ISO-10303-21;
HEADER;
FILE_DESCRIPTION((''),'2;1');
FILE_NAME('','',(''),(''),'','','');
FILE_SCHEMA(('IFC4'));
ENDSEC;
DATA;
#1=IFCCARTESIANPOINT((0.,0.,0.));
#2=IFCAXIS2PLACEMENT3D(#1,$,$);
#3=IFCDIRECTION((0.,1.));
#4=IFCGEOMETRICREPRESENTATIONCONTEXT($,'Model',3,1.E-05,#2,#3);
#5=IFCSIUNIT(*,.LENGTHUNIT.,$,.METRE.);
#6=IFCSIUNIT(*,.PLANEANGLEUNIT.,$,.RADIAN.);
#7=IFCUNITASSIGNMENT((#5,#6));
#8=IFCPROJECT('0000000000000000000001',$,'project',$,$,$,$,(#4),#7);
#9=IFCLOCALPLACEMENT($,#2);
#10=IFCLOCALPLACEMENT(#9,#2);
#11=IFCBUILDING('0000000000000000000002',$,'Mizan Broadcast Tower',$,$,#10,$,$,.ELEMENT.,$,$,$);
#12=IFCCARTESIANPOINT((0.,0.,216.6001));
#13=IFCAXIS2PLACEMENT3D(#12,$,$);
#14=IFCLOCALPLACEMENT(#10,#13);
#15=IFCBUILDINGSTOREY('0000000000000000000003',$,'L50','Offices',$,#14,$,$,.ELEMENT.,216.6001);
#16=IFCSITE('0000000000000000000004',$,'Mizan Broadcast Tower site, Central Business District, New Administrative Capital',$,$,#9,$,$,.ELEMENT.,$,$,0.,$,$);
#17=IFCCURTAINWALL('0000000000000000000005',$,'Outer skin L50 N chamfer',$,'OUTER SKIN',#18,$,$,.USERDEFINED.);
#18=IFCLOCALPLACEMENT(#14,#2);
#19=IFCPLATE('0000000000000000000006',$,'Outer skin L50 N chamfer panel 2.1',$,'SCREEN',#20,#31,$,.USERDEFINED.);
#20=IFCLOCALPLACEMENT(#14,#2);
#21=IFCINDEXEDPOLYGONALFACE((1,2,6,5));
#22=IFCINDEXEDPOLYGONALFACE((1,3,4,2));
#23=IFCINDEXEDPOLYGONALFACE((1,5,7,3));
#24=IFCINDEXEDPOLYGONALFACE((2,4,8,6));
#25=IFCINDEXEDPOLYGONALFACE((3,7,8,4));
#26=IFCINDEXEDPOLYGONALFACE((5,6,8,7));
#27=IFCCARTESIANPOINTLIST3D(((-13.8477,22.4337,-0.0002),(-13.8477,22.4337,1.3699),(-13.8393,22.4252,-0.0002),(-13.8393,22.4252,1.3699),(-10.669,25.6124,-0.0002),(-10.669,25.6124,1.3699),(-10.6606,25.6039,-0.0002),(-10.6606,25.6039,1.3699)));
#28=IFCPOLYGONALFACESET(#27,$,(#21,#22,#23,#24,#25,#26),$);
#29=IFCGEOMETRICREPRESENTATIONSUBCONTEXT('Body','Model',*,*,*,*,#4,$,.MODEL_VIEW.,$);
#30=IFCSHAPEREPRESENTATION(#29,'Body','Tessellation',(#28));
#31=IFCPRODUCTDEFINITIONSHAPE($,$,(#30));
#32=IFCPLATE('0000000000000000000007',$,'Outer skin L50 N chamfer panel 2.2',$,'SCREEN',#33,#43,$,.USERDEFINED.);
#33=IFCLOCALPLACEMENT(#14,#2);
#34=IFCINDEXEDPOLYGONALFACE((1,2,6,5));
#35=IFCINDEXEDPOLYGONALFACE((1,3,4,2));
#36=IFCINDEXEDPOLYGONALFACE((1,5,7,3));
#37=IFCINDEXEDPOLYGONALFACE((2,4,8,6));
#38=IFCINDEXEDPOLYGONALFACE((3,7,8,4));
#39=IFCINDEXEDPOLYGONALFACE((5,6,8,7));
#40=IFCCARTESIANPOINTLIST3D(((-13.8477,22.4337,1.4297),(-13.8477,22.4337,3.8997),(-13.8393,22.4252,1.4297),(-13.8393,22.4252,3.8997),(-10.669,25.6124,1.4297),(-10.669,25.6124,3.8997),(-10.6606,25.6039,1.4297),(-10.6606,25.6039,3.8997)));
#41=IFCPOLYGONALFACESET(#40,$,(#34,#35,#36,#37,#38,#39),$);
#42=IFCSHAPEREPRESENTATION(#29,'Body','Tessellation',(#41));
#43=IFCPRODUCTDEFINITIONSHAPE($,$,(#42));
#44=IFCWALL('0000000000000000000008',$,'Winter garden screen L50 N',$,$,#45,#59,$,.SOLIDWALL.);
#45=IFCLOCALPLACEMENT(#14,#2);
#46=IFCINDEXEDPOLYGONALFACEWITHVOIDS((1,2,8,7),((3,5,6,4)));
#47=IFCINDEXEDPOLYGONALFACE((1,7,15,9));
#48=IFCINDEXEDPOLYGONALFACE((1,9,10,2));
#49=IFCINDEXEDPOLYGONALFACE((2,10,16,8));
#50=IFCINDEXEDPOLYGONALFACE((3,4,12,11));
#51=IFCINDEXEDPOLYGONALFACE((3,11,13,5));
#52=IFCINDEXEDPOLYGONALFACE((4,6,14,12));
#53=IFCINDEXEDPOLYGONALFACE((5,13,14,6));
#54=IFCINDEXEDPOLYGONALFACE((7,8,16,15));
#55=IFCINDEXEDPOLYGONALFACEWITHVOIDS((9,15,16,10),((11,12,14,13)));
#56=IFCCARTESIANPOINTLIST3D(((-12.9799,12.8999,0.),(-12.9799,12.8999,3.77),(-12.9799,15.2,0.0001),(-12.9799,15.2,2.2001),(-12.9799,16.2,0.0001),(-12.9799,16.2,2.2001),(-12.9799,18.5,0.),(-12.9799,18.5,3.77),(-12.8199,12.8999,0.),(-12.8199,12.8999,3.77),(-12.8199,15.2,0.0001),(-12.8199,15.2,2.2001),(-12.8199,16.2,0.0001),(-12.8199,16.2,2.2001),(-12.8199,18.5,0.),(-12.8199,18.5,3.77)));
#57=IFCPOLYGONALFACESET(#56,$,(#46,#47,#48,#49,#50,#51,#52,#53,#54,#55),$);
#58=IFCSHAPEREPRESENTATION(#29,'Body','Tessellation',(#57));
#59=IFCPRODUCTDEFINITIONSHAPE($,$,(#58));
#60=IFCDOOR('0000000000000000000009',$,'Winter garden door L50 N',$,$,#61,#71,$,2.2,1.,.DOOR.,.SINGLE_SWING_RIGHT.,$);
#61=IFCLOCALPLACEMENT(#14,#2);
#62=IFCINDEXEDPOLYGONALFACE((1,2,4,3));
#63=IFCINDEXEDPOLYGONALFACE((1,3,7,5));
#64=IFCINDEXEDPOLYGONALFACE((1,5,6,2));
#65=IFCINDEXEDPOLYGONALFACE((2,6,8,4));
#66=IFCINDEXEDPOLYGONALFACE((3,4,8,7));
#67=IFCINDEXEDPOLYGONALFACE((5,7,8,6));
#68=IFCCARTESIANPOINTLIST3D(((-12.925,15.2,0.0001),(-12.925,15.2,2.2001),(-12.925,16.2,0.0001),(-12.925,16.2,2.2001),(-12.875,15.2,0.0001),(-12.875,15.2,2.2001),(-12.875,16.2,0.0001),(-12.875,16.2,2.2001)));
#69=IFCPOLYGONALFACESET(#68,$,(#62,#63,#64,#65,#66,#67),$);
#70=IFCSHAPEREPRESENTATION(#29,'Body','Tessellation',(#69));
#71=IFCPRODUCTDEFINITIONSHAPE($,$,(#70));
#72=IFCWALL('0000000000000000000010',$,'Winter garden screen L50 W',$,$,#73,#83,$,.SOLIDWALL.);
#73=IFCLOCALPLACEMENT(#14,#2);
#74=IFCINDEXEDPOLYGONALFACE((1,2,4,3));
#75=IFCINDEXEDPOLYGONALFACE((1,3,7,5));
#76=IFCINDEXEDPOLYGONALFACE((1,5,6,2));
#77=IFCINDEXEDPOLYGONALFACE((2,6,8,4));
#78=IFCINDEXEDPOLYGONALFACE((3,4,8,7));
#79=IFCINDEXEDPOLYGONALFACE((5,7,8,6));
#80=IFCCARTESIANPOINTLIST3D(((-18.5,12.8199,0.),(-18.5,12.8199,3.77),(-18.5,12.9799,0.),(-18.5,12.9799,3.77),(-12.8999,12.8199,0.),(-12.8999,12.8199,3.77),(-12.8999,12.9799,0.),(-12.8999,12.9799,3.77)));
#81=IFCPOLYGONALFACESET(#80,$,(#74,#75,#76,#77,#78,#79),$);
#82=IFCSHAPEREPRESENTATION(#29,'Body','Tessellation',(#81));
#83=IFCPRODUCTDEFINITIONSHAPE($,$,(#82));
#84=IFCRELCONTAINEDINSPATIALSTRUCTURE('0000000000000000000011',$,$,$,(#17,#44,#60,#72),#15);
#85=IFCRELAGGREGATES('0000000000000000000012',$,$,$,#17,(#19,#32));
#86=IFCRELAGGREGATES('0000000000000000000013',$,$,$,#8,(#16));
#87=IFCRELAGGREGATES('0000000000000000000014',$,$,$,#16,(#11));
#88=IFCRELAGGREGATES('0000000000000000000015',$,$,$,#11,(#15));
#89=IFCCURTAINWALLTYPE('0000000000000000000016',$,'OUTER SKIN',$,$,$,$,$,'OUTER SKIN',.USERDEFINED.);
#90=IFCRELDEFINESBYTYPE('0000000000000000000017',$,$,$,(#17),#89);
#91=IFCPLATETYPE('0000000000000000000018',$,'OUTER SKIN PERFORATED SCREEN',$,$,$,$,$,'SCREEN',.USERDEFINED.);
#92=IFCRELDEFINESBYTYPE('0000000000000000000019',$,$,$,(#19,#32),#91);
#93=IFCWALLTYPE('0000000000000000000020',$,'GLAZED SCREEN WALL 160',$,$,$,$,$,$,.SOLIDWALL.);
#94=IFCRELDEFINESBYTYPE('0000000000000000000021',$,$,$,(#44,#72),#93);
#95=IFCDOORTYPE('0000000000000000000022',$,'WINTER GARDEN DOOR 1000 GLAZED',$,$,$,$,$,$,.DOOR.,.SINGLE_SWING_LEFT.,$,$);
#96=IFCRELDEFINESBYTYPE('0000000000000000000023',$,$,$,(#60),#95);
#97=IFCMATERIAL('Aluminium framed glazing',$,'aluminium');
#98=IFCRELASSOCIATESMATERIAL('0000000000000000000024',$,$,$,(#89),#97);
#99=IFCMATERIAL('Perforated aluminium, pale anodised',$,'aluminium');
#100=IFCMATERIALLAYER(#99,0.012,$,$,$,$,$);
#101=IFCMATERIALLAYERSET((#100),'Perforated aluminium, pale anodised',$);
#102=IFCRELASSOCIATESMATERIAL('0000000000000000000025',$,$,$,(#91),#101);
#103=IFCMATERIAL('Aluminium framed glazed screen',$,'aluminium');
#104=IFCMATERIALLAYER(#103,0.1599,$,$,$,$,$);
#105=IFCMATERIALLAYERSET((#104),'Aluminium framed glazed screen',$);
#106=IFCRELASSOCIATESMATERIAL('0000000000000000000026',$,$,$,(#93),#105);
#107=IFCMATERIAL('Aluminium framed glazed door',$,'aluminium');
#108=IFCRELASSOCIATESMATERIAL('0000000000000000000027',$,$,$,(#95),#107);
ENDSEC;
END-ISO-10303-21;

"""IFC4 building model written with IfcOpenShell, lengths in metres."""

from ifc_helpers import new_model, si_unit, direction, frame, frame_2d, origin, origin_2d, place, context, subcontext, project, spatial, rectangle, extrude, material, layer, layer_set, type_object, element, fill, aggregate, save


model = new_model("IFC4")

# Units and contexts
model_context = context("Model", 3, precision=1e-05, world=origin(), true_north=direction((0.0, 1.0)))
body_context = subcontext(model_context, "Body", "Model", "MODEL_VIEW")
ifc_project = project(units=[si_unit("LENGTHUNIT", "METRE"), si_unit("PLANEANGLEUNIT", "RADIAN")], contexts=[model_context])

# Site, building, storey
site_placement = place(None, origin())
site = spatial("IfcSite", under=ifc_project, at=site_placement, Name="Mizan Broadcast Tower site, Central Business District, New Administrative Capital", CompositionType="ELEMENT", RefElevation=0.0)
building_placement = place(site_placement, origin())
building = spatial("IfcBuilding", under=site, at=building_placement, Name="Mizan Broadcast Tower", CompositionType="ELEMENT")
storey_placement = place(building_placement, frame((0.0, 0.0, 216.6001)))
storey = spatial("IfcBuildingStorey", under=building, at=storey_placement, Name="L50", Description="Offices", CompositionType="ELEMENT", Elevation=216.6001)

# Curtain wall
ifc_material_1 = material(Name="Aluminium framed glazing", Category="aluminium")
curtain_wall_type_1 = type_object("IfcCurtainWallType", Name="OUTER SKIN", ElementType="OUTER SKIN", PredefinedType="USERDEFINED", material=ifc_material_1)
curtain_wall_1_placement = place(storey_placement, origin())
curtain_wall_1 = element("IfcCurtainWall", 1, at=curtain_wall_1_placement, inside=storey, type_object=curtain_wall_type_1, Name="Outer skin L50 N chamfer", ObjectType="OUTER SKIN", PredefinedType="USERDEFINED")

# Plates
ifc_material_2 = material(Name="Perforated aluminium, pale anodised", Category="aluminium")
ifc_layer_1 = layer(ifc_material_2, 0.012)
ifc_layer_set_1 = layer_set([ifc_layer_1], Name="Perforated aluminium, pale anodised")
plate_type_1 = type_object("IfcPlateType", Name="OUTER SKIN PERFORATED SCREEN", ElementType="SCREEN", PredefinedType="USERDEFINED", material=ifc_layer_set_1)
plate_1_placement = place(storey_placement, frame((-12.2542, 24.0188, -0.0002), z_axis=(0.0, 0.0, 1.0), x_axis=(-0.707107, -0.707107, 0.0)))
plate_1 = element("IfcPlate", 2, at=plate_1_placement, type_object=plate_type_1, Name="Outer skin L50 N chamfer panel 2.1", ObjectType="SCREEN", PredefinedType="USERDEFINED", context=body_context, shape_type="SweptSolid", body=[
    extrude(rectangle(XDim=4.4954, YDim=0.012, at=origin_2d()), origin(), (0.0, 0.0, 1.0), 1.3701),
])
plate_2_placement = place(storey_placement, frame((-12.2542, 24.0188, 1.4297), z_axis=(0.0, 0.0, 1.0), x_axis=(-0.707107, -0.707107, 0.0)))
plate_2 = element("IfcPlate", 3, at=plate_2_placement, type_object=plate_type_1, Name="Outer skin L50 N chamfer panel 2.2", ObjectType="SCREEN", PredefinedType="USERDEFINED", context=body_context, shape_type="SweptSolid", body=[
    extrude(rectangle(XDim=4.4954, YDim=0.012, at=origin_2d()), origin(), (0.0, 0.0, 1.0), 2.47),
])
aggregate(curtain_wall_1, [plate_1, plate_2])

# Wall, opening, door
ifc_material_3 = material(Name="Aluminium framed glazed screen", Category="aluminium")
ifc_layer_2 = layer(ifc_material_3, 0.1599)
ifc_layer_set_2 = layer_set([ifc_layer_2], Name="Aluminium framed glazed screen")
wall_type = type_object("IfcWallType", Name="GLAZED SCREEN WALL 160", PredefinedType="SOLIDWALL", material=ifc_layer_set_2)
wall_1_placement = place(storey_placement, frame((-12.8999, 18.5, 0.0), z_axis=(0.0, 0.0, 1.0), x_axis=(0.0, -1.0, 0.0)))
wall_1 = element("IfcWall", 4, at=wall_1_placement, inside=storey, type_object=wall_type, Name="Winter garden screen L50 N", PredefinedType="SOLIDWALL", context=body_context, shape_type="SweptSolid", body=[
    extrude(rectangle(XDim=5.6001, YDim=0.1599, at=frame_2d((2.8, 0.0))), origin(), (0.0, 0.0, 1.0), 3.77),
])
opening_placement = place(wall_1_placement, frame((2.3, 0.0, 0.0)))
opening = element("IfcOpeningElement", 5, at=opening_placement, cuts=wall_1, PredefinedType="OPENING", context=body_context, shape_type="SweptSolid", body=[
    extrude(rectangle(XDim=1.0, YDim=2.2, at=frame_2d((0.5, 1.1001))), frame((0.0, 0.0898, 0.0), z_axis=(0.0, -1.0, 0.0), x_axis=(1.0, 0.0, 0.0)), (0.0, 0.0, 1.0), 0.1799),
])
ifc_material_4 = material(Name="Aluminium framed glazed door", Category="aluminium")
door_type = type_object("IfcDoorType", Name="WINTER GARDEN DOOR 1000 GLAZED", OperationType="SINGLE_SWING_LEFT", PredefinedType="DOOR", material=ifc_material_4)
door_placement = place(opening_placement, origin())
door = element("IfcDoor", 6, at=door_placement, inside=storey, type_object=door_type, Name="Winter garden door L50 N", OperationType="SINGLE_SWING_RIGHT", OverallHeight=2.2, OverallWidth=1.0, PredefinedType="DOOR", context=body_context, shape_type="SweptSolid", body=[
    extrude(rectangle(XDim=1.0, YDim=2.2, at=frame_2d((0.5, 1.1001))), frame((0.0, 0.0249, 0.0), z_axis=(0.0, -1.0, 0.0), x_axis=(1.0, 0.0, 0.0)), (0.0, 0.0, 1.0), 0.05),
])
fill(opening, door)

# Wall
wall_2_placement = place(storey_placement, frame((-12.8999, 12.8999, 0.0), z_axis=(0.0, 0.0, 1.0), x_axis=(-1.0, 0.0, 0.0)))
element("IfcWall", 7, at=wall_2_placement, inside=storey, type_object=wall_type, Name="Winter garden screen L50 W", PredefinedType="SOLIDWALL", context=body_context, shape_type="SweptSolid", body=[
    extrude(rectangle(XDim=5.6001, YDim=0.1599, at=frame_2d((2.8, 0.0))), origin(), (0.0, 0.0, 1.0), 3.77),
])

save(model, "model.ifc")
